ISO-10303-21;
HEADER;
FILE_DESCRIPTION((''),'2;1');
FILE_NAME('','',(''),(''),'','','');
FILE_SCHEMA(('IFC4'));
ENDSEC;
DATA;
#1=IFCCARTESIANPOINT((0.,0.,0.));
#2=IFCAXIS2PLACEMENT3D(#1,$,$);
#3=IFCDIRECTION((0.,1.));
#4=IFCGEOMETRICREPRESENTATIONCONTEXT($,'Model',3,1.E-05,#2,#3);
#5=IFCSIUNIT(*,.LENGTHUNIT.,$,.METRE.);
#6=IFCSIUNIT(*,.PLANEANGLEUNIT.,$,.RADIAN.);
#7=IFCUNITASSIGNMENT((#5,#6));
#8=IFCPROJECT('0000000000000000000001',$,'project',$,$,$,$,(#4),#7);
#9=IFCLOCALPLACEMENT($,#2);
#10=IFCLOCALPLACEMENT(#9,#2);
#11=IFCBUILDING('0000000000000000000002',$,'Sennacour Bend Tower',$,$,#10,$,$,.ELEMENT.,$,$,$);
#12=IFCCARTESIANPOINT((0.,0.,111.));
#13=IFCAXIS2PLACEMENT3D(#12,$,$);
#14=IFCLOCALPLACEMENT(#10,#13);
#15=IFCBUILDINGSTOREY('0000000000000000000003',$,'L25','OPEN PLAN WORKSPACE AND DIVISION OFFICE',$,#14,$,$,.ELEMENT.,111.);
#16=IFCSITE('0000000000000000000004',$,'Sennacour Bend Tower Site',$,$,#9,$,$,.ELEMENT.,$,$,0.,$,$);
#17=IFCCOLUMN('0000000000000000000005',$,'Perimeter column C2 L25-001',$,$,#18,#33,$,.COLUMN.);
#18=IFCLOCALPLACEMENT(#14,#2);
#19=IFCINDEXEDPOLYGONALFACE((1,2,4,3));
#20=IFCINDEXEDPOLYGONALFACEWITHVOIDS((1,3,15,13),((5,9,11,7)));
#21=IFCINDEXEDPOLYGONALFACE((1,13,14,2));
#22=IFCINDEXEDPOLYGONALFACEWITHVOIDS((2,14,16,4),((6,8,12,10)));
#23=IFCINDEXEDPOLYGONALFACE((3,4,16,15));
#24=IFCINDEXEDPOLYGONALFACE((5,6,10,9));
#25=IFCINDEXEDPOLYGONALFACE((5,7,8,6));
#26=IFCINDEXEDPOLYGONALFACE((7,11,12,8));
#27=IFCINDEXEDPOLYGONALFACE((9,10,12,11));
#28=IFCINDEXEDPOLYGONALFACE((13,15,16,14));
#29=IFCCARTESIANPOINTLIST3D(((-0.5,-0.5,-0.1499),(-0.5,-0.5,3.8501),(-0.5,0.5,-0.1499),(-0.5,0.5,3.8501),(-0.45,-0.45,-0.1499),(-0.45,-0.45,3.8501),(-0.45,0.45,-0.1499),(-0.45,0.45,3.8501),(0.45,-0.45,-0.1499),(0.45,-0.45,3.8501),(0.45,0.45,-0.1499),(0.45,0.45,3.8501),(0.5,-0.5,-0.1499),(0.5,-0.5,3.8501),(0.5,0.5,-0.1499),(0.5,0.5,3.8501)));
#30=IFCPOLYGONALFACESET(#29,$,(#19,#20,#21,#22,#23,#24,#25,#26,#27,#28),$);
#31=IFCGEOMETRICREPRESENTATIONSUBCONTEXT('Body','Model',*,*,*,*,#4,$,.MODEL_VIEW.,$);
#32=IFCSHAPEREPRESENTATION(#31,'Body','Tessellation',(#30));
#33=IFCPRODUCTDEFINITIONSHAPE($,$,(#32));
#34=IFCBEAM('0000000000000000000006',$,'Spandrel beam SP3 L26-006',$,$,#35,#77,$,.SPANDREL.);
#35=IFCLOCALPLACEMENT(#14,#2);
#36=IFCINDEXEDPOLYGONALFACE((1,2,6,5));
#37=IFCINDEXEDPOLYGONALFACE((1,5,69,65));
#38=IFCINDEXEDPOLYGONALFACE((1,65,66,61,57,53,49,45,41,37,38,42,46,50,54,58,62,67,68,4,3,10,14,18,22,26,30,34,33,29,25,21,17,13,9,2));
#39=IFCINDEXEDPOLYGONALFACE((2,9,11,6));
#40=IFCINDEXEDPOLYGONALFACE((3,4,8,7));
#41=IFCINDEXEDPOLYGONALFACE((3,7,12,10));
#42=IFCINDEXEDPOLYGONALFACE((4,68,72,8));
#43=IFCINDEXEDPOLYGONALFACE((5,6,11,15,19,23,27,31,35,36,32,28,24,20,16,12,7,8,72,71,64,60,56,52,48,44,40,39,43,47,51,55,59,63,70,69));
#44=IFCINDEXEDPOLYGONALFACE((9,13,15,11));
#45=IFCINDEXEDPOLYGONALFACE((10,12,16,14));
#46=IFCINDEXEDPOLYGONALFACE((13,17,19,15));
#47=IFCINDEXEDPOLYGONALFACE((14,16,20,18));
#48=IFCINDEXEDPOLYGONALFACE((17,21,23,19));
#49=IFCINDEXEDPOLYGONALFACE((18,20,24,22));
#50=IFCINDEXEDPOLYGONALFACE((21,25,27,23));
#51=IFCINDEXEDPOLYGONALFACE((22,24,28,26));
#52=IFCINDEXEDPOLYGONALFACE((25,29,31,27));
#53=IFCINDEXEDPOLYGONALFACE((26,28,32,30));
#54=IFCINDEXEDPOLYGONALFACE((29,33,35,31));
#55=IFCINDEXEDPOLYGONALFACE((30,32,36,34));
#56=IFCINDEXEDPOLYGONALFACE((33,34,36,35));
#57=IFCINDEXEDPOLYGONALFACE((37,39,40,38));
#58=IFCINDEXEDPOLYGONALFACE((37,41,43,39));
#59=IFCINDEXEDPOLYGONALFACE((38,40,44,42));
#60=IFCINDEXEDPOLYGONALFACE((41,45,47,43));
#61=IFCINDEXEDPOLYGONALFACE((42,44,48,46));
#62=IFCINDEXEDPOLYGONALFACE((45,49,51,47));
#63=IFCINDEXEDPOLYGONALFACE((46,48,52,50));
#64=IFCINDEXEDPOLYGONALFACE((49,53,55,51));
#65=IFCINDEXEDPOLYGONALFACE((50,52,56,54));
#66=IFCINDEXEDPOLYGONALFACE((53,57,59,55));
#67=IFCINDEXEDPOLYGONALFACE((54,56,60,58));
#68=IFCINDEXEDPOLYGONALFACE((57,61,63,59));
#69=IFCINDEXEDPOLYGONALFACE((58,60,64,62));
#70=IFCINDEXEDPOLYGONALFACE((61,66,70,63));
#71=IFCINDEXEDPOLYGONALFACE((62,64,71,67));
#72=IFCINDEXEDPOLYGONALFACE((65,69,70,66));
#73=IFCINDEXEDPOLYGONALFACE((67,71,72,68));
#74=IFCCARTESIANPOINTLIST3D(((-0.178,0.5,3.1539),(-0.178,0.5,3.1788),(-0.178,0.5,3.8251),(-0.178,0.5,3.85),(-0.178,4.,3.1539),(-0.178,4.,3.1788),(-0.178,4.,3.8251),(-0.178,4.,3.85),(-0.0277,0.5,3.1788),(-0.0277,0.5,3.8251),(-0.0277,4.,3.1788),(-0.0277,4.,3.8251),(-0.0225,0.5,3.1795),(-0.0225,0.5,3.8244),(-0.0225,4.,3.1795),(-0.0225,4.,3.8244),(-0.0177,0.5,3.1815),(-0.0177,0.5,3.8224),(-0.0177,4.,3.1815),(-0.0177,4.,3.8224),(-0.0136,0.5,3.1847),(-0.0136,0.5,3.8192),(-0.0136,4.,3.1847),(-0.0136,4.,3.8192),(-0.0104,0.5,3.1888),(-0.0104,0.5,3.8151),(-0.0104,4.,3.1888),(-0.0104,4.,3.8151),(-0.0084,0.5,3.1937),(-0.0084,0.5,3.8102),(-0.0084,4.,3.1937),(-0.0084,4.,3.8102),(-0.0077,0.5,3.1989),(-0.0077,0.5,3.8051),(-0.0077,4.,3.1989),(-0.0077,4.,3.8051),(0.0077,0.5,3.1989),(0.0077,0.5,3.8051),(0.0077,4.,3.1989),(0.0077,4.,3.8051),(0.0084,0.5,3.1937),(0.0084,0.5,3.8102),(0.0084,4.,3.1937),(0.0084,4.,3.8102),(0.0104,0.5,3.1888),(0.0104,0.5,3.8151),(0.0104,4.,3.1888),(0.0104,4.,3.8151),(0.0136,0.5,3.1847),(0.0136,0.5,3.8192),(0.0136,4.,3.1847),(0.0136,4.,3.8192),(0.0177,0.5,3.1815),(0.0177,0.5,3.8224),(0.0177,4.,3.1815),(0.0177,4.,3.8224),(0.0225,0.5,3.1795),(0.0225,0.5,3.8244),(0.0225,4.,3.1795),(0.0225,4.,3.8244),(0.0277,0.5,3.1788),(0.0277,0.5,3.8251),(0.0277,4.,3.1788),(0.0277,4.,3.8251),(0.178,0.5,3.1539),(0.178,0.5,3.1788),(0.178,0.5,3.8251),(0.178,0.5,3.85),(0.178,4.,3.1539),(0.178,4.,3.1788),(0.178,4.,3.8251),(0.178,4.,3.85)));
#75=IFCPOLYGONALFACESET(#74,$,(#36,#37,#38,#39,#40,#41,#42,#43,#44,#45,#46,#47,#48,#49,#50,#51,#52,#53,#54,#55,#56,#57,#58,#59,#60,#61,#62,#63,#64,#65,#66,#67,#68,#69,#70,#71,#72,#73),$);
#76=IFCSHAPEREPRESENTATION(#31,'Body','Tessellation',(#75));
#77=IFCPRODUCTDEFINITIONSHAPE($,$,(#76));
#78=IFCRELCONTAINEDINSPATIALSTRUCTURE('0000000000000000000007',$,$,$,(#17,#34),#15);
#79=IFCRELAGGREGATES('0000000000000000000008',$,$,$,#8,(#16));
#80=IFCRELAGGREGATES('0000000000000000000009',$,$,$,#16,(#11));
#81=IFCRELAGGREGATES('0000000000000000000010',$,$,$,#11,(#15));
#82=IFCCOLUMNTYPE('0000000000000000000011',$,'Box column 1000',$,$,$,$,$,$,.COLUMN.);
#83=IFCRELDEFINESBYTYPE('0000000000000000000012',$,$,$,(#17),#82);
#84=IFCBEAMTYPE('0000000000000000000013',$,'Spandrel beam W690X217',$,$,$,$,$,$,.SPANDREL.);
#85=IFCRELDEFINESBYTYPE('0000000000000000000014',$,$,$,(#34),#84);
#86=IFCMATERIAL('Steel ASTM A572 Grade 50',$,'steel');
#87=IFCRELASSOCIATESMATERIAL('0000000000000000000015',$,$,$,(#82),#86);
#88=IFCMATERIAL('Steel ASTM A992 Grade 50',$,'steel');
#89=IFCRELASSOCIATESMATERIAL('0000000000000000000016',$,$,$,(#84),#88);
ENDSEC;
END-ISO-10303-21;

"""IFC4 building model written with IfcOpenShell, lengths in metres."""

from ifc_helpers import new_model, si_unit, direction, frame, origin, origin_2d, place, context, subcontext, project, spatial, hollow_rectangle, i_section, extrude, material, material_profile, profile_set, type_object, element, save


model = new_model("IFC4")

# Units and contexts
model_context = context("Model", 3, precision=1e-05, world=origin(), true_north=direction((0.0, 1.0)))
body_context = subcontext(model_context, "Body", "Model", "MODEL_VIEW")
ifc_project = project(units=[si_unit("LENGTHUNIT", "METRE"), si_unit("PLANEANGLEUNIT", "RADIAN")], contexts=[model_context])

# Site, building, storey
site_placement = place(None, origin())
site = spatial("IfcSite", under=ifc_project, at=site_placement, Name="Sennacour Bend Tower Site", CompositionType="ELEMENT", RefElevation=0.0)
building_placement = place(site_placement, origin())
building = spatial("IfcBuilding", under=site, at=building_placement, Name="Sennacour Bend Tower", CompositionType="ELEMENT")
storey_placement = place(building_placement, frame((0.0, 0.0, 111.0)))
storey = spatial("IfcBuildingStorey", under=building, at=storey_placement, Name="L25", Description="OPEN PLAN WORKSPACE AND DIVISION OFFICE", CompositionType="ELEMENT", Elevation=111.0)

# Column
ifc_material_1 = material(Name="Steel ASTM A572 Grade 50", Category="steel")
ifc_material_profile_1 = material_profile(ifc_material_1, hollow_rectangle(XDim=1.0, YDim=1.0, WallThickness=0.05, at=origin_2d()), Name="Steel ASTM A572 Grade 50", Category="steel")
ifc_profile_set_1 = profile_set([ifc_material_profile_1], Name="Steel ASTM A572 Grade 50")
column_type = type_object("IfcColumnType", Name="Box column 1000", PredefinedType="COLUMN", material=ifc_profile_set_1)
column_placement = place(storey_placement, frame((0.0, 0.0, -0.1499), z_axis=(0.0, 0.0, 1.0), x_axis=(1.0, 0.0, 0.0)))
element("IfcColumn", 1, at=column_placement, inside=storey, type_object=column_type, Name="Perimeter column C2 L25-001", PredefinedType="COLUMN", context=body_context, shape_type="SweptSolid", body=[
    extrude(hollow_rectangle(XDim=1.0, YDim=1.0, WallThickness=0.05, at=origin_2d()), origin(), (0.0, 0.0, 1.0), 4.0),
])

# Beam
ifc_material_2 = material(Name="Steel ASTM A992 Grade 50", Category="steel")
ifc_material_profile_2 = material_profile(ifc_material_2, i_section(OverallWidth=0.356, OverallDepth=0.696, WebThickness=0.0154, FlangeThickness=0.0249, FilletRadius=0.02, at=origin_2d()), Name="Steel ASTM A992 Grade 50", Category="steel")
ifc_profile_set_2 = profile_set([ifc_material_profile_2], Name="Steel ASTM A992 Grade 50")
beam_type = type_object("IfcBeamType", Name="Spandrel beam W690X217", PredefinedType="SPANDREL", material=ifc_profile_set_2)
beam_placement = place(storey_placement, frame((0.0, 0.5, 3.502), z_axis=(0.0, 1.0, 0.0), x_axis=(-1.0, 0.0, 0.0)))
element("IfcBeam", 2, at=beam_placement, inside=storey, type_object=beam_type, Name="Spandrel beam SP3 L26-006", PredefinedType="SPANDREL", context=body_context, shape_type="SweptSolid", body=[
    extrude(i_section(OverallWidth=0.356, OverallDepth=0.696, WebThickness=0.0154, FlangeThickness=0.0249, FilletRadius=0.02, at=origin_2d()), origin(), (0.0, 0.0, 1.0), 3.5),
])

save(model, "model.ifc")
